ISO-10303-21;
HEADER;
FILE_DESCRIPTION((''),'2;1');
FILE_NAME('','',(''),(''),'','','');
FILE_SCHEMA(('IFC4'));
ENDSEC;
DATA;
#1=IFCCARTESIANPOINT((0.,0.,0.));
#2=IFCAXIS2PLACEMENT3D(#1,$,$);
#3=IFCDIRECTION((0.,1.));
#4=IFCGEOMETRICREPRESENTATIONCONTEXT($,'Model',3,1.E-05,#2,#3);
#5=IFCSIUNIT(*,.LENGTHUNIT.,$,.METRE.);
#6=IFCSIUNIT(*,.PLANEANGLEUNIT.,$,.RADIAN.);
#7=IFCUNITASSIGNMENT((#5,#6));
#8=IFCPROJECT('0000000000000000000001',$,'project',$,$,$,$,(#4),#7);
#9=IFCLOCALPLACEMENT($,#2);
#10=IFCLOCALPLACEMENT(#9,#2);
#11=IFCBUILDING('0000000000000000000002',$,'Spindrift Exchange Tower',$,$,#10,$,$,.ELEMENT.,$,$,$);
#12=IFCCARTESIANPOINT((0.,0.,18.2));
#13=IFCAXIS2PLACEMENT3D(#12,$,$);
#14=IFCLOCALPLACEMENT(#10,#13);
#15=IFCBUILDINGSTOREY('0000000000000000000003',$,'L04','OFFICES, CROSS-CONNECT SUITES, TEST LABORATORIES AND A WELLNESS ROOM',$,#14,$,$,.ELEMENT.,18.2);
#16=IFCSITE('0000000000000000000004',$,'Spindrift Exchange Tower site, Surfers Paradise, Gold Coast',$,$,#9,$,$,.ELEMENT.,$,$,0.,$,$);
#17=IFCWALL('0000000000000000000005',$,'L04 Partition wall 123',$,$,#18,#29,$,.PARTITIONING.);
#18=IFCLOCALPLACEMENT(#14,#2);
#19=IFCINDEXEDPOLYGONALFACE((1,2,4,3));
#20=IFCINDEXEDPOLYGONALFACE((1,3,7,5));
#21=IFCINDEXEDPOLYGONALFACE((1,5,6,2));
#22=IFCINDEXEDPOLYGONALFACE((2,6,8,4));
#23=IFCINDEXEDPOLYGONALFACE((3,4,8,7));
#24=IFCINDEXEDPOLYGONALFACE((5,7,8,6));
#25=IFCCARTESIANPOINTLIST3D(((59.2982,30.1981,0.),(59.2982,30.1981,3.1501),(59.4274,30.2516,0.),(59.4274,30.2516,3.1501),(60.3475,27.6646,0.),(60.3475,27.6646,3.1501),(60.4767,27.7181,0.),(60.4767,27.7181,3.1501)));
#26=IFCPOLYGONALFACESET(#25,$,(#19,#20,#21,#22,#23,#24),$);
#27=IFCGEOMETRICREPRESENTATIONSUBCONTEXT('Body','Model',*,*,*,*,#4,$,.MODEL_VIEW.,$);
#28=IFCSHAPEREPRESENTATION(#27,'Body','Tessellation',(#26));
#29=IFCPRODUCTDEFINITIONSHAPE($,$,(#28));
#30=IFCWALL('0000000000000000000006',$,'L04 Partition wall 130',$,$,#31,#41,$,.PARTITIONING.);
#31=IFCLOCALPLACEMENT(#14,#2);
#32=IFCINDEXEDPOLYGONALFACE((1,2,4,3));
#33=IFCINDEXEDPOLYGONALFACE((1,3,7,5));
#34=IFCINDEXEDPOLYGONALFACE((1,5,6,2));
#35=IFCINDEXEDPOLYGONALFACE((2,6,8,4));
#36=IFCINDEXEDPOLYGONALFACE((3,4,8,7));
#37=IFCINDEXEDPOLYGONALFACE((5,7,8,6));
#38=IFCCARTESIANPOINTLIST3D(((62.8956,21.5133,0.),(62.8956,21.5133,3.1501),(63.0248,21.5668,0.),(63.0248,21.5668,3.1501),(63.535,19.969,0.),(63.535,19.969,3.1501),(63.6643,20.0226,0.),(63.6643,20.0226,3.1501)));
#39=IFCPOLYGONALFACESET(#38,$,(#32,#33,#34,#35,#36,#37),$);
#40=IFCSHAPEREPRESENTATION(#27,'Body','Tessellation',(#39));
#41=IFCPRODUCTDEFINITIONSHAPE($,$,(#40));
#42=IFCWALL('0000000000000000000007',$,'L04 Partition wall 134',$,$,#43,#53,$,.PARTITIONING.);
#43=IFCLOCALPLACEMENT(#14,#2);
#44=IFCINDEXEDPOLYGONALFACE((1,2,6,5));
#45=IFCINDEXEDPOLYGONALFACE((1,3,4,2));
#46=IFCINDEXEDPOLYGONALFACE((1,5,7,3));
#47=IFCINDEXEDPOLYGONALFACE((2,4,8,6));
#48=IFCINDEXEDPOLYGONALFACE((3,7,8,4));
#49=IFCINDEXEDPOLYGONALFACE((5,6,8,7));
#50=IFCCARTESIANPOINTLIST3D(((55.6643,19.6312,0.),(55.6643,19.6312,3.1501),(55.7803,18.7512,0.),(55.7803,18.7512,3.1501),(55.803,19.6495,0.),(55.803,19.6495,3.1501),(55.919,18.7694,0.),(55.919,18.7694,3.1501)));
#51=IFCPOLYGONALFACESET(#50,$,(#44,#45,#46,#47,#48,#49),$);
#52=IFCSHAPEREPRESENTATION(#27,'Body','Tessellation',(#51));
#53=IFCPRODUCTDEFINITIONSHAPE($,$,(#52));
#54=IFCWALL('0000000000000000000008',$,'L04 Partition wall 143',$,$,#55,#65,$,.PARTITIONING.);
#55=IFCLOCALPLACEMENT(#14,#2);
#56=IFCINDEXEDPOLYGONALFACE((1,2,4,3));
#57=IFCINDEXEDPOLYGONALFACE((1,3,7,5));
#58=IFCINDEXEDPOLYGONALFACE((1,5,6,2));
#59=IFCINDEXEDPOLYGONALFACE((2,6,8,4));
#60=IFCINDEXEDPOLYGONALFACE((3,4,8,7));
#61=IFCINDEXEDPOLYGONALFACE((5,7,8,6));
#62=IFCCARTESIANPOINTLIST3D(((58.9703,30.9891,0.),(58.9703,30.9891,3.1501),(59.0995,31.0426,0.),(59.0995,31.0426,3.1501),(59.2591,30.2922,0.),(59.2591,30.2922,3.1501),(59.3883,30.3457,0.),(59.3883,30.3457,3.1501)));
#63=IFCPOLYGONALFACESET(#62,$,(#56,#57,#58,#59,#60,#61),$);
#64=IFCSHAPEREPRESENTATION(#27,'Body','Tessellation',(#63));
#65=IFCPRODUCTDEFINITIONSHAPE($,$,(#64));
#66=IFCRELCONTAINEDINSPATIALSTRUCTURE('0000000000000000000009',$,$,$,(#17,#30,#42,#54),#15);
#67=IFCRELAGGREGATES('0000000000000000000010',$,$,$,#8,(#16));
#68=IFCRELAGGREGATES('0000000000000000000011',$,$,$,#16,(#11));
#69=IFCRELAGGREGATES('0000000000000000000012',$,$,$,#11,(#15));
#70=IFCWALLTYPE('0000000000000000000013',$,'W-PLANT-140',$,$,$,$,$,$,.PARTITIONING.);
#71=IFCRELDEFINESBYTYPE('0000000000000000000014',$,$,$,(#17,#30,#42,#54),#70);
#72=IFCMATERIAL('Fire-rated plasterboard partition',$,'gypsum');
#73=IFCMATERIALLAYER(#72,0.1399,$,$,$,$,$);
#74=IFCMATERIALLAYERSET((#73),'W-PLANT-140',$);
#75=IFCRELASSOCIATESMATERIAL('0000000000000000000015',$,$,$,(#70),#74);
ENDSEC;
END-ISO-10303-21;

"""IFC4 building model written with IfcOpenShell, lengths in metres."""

from ifc_helpers import new_model, si_unit, direction, frame, frame_2d, origin, place, context, subcontext, project, spatial, rectangle, extrude, material, layer, layer_set, type_object, element, save


model = new_model("IFC4")

# Units and contexts
model_context = context("Model", 3, precision=1e-05, world=origin(), true_north=direction((0.0, 1.0)))
body_context = subcontext(model_context, "Body", "Model", "MODEL_VIEW")
ifc_project = project(units=[si_unit("LENGTHUNIT", "METRE"), si_unit("PLANEANGLEUNIT", "RADIAN")], contexts=[model_context])

# Site, building, storey
site_placement = place(None, origin())
site = spatial("IfcSite", under=ifc_project, at=site_placement, Name="Spindrift Exchange Tower site, Surfers Paradise, Gold Coast", CompositionType="ELEMENT", RefElevation=0.0)
building_placement = place(site_placement, origin())
building = spatial("IfcBuilding", under=site, at=building_placement, Name="Spindrift Exchange Tower", CompositionType="ELEMENT")
storey_placement = place(building_placement, frame((0.0, 0.0, 18.2)))
storey = spatial("IfcBuildingStorey", under=building, at=storey_placement, Name="L04", Description="OFFICES, CROSS-CONNECT SUITES, TEST LABORATORIES AND A WELLNESS ROOM", CompositionType="ELEMENT", Elevation=18.2)

# Shared definitions
ifc_material_1 = material(Name="Fire-rated plasterboard partition", Category="gypsum")
ifc_layer_1 = layer(ifc_material_1, 0.1399)
ifc_layer_set_1 = layer_set([ifc_layer_1], Name="W-PLANT-140")
wall_type_1 = type_object("IfcWallType", Name="W-PLANT-140", PredefinedType="PARTITIONING", material=ifc_layer_set_1)

# Walls
wall_1_placement = place(storey_placement, frame((59.3628, 30.2249, 0.0), z_axis=(0.0, 0.0, 1.0), x_axis=(0.382661, -0.923889, 0.0)))
element("IfcWall", 1, at=wall_1_placement, inside=storey, type_object=wall_type_1, Name="L04 Partition wall 123", PredefinedType="PARTITIONING", context=body_context, shape_type="SweptSolid", body=[
    extrude(rectangle(XDim=2.7422, YDim=0.1399, at=frame_2d((1.3711, 0.0))), origin(), (0.0, 0.0, 1.0), 3.1501),
])
wall_2_placement = place(storey_placement, frame((62.9602, 21.54, 0.0), z_axis=(0.0, 0.0, 1.0), x_axis=(0.382571, -0.923926, 0.0)))
element("IfcWall", 2, at=wall_2_placement, inside=storey, type_object=wall_type_1, Name="L04 Partition wall 130", PredefinedType="PARTITIONING", context=body_context, shape_type="SweptSolid", body=[
    extrude(rectangle(XDim=1.6714, YDim=0.1399, at=frame_2d((0.8357, 0.0))), origin(), (0.0, 0.0, 1.0), 3.1501),
])
wall_3_placement = place(storey_placement, frame((55.7336, 19.6404, 0.0), z_axis=(0.0, 0.0, 1.0), x_axis=(0.130632, -0.991431, 0.0)))
element("IfcWall", 3, at=wall_3_placement, inside=storey, type_object=wall_type_1, Name="L04 Partition wall 134", PredefinedType="PARTITIONING", context=body_context, shape_type="SweptSolid", body=[
    extrude(rectangle(XDim=0.8877, YDim=0.1399, at=frame_2d((0.4438, 0.0))), origin(), (0.0, 0.0, 1.0), 3.1501),
])
wall_4_placement = place(storey_placement, frame((59.0349, 31.0159, 0.0), z_axis=(0.0, 0.0, 1.0), x_axis=(0.3828, -0.923831, 0.0)))
element("IfcWall", 4, at=wall_4_placement, inside=storey, type_object=wall_type_1, Name="L04 Partition wall 143", PredefinedType="PARTITIONING", context=body_context, shape_type="SweptSolid", body=[
    extrude(rectangle(XDim=0.7544, YDim=0.1399, at=frame_2d((0.3772, 0.0))), origin(), (0.0, 0.0, 1.0), 3.1501),
])

save(model, "model.ifc")
